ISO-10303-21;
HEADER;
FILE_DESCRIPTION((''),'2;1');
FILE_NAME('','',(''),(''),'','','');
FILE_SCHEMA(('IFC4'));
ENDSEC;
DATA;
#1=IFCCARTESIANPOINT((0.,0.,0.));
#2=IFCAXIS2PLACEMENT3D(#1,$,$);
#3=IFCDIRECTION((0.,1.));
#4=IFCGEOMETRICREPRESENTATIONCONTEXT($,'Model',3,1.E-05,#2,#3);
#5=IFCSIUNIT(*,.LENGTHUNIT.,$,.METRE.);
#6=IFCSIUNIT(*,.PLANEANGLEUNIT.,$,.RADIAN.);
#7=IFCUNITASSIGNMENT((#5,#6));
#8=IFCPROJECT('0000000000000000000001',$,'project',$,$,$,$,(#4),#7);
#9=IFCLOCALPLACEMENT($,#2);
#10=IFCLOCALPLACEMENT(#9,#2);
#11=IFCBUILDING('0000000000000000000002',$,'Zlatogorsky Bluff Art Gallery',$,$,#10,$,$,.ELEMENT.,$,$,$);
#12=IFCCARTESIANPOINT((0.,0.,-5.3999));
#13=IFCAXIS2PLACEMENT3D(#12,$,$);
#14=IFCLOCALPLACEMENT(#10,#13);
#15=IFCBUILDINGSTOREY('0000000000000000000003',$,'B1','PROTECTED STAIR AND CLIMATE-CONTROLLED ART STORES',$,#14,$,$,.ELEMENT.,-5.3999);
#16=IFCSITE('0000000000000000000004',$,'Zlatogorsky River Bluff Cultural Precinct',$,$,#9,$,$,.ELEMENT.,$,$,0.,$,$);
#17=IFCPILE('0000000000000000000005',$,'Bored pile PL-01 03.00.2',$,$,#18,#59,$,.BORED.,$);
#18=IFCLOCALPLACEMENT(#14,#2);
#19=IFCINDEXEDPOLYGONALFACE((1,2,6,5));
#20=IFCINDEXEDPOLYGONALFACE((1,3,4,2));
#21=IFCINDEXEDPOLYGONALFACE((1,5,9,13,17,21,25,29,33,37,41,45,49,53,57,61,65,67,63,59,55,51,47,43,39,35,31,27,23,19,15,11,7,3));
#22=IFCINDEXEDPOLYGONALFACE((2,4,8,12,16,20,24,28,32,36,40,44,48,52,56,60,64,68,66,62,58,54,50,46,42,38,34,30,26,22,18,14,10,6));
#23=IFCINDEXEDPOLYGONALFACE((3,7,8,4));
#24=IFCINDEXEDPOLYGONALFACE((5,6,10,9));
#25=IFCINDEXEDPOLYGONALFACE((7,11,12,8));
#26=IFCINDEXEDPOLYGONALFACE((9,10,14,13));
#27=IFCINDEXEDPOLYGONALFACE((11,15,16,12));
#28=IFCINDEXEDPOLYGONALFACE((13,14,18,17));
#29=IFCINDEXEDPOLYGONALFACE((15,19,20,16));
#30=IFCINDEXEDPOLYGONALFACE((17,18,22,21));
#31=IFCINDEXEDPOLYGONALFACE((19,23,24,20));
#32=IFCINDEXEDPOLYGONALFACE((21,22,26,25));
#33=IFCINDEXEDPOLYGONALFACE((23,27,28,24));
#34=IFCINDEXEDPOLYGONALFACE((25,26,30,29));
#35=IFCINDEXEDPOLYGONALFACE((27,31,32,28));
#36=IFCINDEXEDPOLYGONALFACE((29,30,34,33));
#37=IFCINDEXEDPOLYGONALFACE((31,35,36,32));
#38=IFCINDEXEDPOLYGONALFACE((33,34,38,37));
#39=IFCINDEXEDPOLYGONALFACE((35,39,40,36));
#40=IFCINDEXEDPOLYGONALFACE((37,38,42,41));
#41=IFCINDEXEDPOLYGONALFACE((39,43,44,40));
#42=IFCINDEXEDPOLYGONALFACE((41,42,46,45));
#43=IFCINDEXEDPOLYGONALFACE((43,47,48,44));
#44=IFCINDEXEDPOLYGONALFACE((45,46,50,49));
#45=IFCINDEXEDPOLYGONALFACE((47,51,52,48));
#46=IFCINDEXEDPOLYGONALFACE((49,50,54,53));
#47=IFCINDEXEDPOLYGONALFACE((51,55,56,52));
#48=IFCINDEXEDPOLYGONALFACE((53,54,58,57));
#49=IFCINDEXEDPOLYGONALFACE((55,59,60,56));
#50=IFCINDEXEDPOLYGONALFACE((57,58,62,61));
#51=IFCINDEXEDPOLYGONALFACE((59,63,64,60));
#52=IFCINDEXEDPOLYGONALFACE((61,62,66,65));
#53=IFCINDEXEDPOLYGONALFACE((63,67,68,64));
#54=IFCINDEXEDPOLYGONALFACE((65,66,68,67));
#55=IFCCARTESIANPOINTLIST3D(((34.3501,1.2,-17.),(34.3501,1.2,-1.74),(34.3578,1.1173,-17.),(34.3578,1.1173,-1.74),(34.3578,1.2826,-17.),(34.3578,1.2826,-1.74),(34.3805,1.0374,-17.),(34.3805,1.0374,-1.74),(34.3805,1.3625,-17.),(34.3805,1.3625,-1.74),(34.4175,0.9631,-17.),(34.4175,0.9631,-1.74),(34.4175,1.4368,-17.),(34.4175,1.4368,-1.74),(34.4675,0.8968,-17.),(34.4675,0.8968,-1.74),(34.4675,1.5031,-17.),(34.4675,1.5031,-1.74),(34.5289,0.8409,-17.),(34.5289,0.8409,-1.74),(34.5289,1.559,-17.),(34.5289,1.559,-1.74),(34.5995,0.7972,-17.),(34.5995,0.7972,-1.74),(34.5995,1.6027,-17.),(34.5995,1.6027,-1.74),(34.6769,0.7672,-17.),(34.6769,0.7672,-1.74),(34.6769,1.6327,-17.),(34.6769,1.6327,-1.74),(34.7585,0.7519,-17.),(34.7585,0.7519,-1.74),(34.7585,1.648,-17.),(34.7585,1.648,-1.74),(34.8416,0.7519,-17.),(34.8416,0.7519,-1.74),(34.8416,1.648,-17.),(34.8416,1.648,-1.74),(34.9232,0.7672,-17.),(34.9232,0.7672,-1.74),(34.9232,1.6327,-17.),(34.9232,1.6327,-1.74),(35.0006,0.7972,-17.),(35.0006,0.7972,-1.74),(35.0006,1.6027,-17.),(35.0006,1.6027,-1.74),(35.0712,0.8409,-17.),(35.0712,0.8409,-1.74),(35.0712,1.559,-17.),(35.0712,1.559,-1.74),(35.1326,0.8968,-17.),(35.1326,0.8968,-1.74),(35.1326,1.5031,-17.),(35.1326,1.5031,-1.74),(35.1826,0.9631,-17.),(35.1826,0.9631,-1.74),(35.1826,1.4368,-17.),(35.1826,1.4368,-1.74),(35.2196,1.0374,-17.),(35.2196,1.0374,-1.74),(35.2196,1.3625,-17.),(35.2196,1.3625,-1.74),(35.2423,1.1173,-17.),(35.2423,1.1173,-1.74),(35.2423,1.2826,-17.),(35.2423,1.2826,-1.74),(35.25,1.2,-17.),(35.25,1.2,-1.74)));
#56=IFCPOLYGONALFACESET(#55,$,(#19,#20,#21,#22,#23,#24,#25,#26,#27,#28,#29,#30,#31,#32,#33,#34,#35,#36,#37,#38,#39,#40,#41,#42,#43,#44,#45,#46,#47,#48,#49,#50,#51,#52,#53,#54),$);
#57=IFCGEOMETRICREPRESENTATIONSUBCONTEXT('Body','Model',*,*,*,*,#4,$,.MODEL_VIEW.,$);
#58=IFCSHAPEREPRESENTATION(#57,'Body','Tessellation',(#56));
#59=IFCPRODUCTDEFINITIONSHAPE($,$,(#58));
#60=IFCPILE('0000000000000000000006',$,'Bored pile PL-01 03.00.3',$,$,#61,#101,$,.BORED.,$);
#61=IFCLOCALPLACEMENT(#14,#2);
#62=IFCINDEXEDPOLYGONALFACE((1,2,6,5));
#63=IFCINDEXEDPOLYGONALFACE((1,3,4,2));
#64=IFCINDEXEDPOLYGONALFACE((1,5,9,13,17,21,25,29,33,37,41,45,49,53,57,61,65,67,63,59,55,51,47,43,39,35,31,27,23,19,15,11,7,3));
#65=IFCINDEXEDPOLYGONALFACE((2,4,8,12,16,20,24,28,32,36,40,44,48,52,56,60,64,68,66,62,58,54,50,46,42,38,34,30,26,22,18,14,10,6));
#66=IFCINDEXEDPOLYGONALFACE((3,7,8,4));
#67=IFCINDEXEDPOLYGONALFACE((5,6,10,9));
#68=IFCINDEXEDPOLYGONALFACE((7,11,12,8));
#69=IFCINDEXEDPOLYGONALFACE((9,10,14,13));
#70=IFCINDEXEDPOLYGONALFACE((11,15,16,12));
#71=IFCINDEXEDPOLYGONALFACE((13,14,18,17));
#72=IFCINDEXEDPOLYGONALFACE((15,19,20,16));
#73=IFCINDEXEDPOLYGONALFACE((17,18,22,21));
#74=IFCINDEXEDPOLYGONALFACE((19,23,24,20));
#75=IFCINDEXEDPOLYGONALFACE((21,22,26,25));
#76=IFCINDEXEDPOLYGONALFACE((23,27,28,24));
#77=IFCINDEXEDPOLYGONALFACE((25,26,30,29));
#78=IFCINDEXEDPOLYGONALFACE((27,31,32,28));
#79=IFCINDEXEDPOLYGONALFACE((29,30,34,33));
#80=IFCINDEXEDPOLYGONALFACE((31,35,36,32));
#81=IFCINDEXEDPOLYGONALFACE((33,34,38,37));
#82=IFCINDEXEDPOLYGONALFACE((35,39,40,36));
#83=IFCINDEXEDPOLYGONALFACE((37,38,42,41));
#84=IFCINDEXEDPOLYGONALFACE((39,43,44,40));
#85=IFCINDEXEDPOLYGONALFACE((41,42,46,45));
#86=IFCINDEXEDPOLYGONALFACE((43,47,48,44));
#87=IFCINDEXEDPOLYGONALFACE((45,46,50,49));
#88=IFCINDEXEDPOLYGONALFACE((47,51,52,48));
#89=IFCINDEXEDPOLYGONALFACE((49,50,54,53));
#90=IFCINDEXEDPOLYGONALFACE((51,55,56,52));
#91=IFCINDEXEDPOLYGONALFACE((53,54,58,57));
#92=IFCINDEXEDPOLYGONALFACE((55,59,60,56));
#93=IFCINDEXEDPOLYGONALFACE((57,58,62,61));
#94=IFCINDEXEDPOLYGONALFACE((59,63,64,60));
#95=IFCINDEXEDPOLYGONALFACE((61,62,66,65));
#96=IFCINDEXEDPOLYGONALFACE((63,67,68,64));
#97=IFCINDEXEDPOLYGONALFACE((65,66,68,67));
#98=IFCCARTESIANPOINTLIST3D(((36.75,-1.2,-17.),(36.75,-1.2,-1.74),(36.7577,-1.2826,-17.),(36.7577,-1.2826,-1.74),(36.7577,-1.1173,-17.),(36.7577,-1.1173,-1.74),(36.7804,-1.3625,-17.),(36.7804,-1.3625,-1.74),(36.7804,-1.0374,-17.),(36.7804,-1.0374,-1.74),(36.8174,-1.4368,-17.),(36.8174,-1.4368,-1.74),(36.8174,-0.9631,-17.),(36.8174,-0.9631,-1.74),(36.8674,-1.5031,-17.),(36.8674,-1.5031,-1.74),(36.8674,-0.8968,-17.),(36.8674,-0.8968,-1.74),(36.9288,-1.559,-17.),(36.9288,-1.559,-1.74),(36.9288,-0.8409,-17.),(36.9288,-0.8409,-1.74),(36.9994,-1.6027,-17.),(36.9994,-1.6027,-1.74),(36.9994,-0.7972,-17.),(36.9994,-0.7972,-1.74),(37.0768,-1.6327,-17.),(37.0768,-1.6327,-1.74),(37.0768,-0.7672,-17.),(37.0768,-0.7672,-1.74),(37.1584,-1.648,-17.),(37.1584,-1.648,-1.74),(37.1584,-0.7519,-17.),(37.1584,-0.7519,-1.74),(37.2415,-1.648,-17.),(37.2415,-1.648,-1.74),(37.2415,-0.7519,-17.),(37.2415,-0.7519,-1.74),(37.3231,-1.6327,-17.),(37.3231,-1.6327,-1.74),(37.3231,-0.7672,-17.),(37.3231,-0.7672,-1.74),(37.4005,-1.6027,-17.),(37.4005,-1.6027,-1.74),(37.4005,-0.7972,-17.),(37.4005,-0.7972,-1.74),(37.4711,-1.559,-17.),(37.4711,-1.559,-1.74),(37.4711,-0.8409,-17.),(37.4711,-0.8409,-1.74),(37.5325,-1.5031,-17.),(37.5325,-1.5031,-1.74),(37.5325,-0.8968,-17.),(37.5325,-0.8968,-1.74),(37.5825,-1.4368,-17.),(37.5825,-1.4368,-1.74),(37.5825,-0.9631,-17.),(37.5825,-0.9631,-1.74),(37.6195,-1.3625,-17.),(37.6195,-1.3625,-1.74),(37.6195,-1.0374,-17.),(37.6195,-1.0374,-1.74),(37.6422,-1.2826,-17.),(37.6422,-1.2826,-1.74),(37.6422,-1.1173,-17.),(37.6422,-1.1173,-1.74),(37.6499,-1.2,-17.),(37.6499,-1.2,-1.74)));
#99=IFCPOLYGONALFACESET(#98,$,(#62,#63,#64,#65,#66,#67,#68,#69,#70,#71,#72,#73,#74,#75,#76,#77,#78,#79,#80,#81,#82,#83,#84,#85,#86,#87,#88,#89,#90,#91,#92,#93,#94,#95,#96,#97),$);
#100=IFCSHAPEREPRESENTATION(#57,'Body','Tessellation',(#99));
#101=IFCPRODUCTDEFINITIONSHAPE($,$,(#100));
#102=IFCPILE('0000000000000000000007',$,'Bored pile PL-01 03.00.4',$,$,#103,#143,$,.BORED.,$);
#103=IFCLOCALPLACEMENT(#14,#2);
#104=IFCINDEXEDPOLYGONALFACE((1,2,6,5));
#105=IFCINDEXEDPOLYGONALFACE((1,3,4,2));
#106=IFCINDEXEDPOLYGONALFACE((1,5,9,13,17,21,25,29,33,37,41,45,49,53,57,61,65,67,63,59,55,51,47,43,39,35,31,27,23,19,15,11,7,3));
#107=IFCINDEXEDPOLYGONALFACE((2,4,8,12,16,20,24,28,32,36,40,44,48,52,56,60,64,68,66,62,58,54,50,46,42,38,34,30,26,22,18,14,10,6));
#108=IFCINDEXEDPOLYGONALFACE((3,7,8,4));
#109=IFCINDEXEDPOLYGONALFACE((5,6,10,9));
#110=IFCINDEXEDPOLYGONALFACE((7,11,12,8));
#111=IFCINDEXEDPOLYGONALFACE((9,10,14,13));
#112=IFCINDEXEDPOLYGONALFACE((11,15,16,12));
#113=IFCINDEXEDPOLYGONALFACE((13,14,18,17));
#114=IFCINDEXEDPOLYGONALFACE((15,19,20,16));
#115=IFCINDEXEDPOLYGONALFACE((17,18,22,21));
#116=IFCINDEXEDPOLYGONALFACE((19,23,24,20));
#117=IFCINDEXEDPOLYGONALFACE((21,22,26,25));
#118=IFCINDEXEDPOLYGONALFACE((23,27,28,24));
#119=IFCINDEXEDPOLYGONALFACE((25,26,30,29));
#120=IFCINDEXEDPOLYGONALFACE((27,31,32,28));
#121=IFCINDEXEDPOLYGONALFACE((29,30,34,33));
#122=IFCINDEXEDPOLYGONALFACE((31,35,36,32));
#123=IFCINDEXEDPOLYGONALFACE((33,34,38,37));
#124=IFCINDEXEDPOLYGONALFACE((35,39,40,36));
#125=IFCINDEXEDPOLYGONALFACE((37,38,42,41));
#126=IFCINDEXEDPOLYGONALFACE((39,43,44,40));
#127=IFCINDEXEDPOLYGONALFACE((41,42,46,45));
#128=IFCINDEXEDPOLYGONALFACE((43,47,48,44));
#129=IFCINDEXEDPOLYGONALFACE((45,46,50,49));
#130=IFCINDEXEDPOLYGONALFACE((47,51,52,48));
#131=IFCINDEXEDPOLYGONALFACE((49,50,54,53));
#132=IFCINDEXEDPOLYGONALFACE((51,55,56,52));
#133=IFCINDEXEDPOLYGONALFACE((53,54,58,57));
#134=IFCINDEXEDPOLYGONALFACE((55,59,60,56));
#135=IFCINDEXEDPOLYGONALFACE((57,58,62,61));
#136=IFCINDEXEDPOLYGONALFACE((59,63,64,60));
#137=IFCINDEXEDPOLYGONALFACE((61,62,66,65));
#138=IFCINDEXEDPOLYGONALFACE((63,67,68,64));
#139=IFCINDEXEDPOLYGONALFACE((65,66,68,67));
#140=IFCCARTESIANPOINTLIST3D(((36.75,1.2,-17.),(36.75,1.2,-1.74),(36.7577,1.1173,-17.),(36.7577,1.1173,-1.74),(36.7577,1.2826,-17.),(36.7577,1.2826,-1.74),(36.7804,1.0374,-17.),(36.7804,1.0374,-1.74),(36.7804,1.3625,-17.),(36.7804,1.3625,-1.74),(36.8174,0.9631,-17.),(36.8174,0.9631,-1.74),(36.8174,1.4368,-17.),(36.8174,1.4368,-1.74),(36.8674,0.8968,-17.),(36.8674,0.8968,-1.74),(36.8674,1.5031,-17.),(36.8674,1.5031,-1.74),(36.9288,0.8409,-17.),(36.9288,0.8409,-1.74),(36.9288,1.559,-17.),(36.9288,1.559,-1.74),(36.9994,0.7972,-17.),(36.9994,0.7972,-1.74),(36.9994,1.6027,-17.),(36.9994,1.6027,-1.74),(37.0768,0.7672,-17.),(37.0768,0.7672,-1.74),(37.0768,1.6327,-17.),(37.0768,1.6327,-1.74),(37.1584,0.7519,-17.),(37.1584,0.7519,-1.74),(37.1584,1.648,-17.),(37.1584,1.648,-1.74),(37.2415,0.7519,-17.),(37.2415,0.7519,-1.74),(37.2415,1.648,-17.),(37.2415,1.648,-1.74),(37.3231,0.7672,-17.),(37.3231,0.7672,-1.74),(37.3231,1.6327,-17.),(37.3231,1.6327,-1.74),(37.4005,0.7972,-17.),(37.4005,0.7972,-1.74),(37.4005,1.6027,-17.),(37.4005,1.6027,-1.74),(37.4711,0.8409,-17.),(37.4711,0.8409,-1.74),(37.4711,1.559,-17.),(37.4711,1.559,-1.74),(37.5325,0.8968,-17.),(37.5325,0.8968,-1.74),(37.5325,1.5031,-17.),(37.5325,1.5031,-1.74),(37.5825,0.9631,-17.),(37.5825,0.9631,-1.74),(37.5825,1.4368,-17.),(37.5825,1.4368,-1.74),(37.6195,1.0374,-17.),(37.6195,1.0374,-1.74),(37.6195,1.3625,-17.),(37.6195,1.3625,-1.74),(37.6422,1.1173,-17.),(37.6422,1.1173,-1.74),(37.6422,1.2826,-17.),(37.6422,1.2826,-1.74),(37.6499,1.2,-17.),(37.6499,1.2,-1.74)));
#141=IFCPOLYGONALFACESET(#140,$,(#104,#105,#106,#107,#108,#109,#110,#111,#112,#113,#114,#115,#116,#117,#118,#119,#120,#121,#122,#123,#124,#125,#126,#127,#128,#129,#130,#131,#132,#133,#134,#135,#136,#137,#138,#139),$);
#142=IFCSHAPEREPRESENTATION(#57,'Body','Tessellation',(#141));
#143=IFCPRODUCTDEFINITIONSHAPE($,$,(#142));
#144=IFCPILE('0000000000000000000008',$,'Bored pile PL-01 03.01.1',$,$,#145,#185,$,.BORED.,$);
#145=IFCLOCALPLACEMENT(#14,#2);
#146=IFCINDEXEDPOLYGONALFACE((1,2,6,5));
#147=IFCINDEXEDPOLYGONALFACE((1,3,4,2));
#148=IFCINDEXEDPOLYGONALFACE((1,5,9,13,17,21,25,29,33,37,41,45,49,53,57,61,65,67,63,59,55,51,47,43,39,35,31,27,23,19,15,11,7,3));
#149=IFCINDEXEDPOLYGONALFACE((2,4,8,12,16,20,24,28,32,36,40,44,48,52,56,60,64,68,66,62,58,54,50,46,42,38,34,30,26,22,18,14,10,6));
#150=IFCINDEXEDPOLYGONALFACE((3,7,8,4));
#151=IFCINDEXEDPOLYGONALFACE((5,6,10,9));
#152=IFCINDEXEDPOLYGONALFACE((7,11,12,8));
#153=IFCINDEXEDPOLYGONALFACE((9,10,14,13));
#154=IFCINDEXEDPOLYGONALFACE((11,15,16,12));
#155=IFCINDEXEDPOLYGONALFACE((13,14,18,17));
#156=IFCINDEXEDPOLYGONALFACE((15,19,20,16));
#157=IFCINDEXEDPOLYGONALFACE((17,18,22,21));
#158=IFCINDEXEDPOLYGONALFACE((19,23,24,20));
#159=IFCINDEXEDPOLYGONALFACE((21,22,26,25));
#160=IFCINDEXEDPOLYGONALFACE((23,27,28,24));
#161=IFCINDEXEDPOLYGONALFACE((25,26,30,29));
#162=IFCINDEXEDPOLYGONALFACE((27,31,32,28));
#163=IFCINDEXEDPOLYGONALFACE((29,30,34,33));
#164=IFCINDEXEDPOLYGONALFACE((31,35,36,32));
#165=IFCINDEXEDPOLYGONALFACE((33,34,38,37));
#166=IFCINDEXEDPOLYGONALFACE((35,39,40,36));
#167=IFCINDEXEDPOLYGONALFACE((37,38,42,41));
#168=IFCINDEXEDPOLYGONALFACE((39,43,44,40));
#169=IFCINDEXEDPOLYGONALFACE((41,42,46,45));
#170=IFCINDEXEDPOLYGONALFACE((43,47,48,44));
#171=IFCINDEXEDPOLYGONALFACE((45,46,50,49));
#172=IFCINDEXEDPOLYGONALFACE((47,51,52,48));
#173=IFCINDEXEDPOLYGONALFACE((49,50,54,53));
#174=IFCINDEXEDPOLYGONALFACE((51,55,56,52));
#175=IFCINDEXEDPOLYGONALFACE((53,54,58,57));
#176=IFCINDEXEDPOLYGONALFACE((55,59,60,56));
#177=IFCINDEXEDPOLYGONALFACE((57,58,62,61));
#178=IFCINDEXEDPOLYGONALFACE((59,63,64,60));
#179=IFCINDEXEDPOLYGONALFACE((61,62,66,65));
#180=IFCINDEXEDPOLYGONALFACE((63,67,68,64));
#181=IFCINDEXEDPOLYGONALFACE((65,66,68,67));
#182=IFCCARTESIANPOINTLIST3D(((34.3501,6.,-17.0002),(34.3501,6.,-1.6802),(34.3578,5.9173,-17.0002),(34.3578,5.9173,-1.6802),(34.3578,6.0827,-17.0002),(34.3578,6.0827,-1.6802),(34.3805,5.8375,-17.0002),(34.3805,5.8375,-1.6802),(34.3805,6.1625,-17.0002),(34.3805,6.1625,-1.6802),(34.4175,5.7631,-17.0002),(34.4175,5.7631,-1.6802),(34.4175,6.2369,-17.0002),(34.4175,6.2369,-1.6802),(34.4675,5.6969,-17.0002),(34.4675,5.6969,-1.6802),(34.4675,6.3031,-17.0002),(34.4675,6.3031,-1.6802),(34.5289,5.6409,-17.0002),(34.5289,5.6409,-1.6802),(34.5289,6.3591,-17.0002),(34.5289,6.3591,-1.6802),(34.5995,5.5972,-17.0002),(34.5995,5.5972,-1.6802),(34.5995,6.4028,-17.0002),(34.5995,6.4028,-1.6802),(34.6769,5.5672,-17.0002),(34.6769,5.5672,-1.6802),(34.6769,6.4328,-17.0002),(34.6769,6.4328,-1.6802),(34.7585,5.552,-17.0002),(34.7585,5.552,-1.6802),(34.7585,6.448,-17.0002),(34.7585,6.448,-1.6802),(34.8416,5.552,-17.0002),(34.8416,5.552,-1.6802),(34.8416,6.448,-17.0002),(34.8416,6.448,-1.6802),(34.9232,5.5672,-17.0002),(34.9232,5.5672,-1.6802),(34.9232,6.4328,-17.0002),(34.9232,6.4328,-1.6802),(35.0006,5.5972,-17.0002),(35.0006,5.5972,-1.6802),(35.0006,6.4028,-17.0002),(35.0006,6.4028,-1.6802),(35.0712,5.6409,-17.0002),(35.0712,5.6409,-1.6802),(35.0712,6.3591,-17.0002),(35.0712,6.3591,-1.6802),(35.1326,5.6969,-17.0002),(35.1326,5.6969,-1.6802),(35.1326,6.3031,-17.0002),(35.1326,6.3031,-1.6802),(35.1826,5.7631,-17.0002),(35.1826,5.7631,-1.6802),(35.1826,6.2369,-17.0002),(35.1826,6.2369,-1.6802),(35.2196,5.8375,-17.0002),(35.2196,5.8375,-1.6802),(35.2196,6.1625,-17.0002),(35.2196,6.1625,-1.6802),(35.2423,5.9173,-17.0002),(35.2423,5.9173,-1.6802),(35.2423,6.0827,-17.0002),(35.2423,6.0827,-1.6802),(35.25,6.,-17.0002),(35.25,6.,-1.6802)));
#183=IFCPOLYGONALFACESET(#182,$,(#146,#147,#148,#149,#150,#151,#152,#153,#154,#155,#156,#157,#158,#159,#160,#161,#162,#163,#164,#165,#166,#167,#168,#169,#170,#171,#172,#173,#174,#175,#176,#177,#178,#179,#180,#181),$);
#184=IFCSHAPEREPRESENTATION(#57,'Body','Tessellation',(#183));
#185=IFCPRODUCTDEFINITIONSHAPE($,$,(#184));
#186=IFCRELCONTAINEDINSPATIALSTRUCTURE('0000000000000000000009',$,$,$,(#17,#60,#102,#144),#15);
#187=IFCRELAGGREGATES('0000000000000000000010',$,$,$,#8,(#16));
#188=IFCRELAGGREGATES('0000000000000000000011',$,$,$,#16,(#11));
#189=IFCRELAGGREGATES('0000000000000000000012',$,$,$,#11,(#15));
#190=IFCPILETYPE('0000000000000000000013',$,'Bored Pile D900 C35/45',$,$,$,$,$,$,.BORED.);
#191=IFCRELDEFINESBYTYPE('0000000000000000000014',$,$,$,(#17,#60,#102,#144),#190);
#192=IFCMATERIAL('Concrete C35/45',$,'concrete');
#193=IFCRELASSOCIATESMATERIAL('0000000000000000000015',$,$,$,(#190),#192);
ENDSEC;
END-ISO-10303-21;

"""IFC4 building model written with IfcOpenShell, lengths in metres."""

from ifc_helpers import new_model, si_unit, direction, frame, origin, origin_2d, place, context, subcontext, project, spatial, circle, extrude, material, material_profile, profile_set, type_object, element, save


model = new_model("IFC4")

# Units and contexts
model_context = context("Model", 3, precision=1e-05, world=origin(), true_north=direction((0.0, 1.0)))
body_context = subcontext(model_context, "Body", "Model", "MODEL_VIEW")
ifc_project = project(units=[si_unit("LENGTHUNIT", "METRE"), si_unit("PLANEANGLEUNIT", "RADIAN")], contexts=[model_context])

# Site, building, storey
site_placement = place(None, origin())
site = spatial("IfcSite", under=ifc_project, at=site_placement, Name="Zlatogorsky River Bluff Cultural Precinct", CompositionType="ELEMENT", RefElevation=0.0)
building_placement = place(site_placement, origin())
building = spatial("IfcBuilding", under=site, at=building_placement, Name="Zlatogorsky Bluff Art Gallery", CompositionType="ELEMENT")
storey_placement = place(building_placement, frame((0.0, 0.0, -5.3999)))
storey = spatial("IfcBuildingStorey", under=building, at=storey_placement, Name="B1", Description="PROTECTED STAIR AND CLIMATE-CONTROLLED ART STORES", CompositionType="ELEMENT", Elevation=-5.3999)

# Piles
ifc_material_1 = material(Name="Concrete C35/45", Category="concrete")
ifc_material_profile_1 = material_profile(ifc_material_1, circle(Radius=0.45, at=origin_2d()), Name="BORED PILE D900")
ifc_profile_set_1 = profile_set([ifc_material_profile_1], Name="Concrete C35/45")
pile_type = type_object("IfcPileType", Name="Bored Pile D900 C35/45", PredefinedType="BORED", material=ifc_profile_set_1)
for number, where, z_axis, x_axis, name in (
    (1, (34.8, 1.2, -1.74), (0.0, 0.0, -1.0), (1.0, 0.0, 0.0), "Bored pile PL-01 03.00.2"),
    (2, (37.2, -1.2, -1.74), (0.0, 0.0, -1.0), (1.0, 0.0, 0.0), "Bored pile PL-01 03.00.3"),
    (3, (37.2, 1.2, -1.74), (0.0, 0.0, -1.0), (1.0, 0.0, 0.0), "Bored pile PL-01 03.00.4"),
):
    element("IfcPile", number, at=place(storey_placement, frame(where, z_axis=z_axis, x_axis=x_axis)), inside=storey, type_object=pile_type, Name=name, PredefinedType="BORED", context=body_context, shape_type="SweptSolid", body=[
        extrude(circle(Radius=0.45, at=origin_2d()), origin(), (0.0, 0.0, 1.0), 15.26),
    ])
for number, where, z_axis, x_axis, name in (
    (4, (34.8, 6.0, -1.6802), (0.0, 0.0, -1.0), (1.0, 0.0, 0.0), "Bored pile PL-01 03.01.1"),
):
    element("IfcPile", number, at=place(storey_placement, frame(where, z_axis=z_axis, x_axis=x_axis)), inside=storey, type_object=pile_type, Name=name, PredefinedType="BORED", context=body_context, shape_type="SweptSolid", body=[
        extrude(circle(Radius=0.45, at=origin_2d()), origin(), (0.0, 0.0, 1.0), 15.3201),
    ])

save(model, "model.ifc")
